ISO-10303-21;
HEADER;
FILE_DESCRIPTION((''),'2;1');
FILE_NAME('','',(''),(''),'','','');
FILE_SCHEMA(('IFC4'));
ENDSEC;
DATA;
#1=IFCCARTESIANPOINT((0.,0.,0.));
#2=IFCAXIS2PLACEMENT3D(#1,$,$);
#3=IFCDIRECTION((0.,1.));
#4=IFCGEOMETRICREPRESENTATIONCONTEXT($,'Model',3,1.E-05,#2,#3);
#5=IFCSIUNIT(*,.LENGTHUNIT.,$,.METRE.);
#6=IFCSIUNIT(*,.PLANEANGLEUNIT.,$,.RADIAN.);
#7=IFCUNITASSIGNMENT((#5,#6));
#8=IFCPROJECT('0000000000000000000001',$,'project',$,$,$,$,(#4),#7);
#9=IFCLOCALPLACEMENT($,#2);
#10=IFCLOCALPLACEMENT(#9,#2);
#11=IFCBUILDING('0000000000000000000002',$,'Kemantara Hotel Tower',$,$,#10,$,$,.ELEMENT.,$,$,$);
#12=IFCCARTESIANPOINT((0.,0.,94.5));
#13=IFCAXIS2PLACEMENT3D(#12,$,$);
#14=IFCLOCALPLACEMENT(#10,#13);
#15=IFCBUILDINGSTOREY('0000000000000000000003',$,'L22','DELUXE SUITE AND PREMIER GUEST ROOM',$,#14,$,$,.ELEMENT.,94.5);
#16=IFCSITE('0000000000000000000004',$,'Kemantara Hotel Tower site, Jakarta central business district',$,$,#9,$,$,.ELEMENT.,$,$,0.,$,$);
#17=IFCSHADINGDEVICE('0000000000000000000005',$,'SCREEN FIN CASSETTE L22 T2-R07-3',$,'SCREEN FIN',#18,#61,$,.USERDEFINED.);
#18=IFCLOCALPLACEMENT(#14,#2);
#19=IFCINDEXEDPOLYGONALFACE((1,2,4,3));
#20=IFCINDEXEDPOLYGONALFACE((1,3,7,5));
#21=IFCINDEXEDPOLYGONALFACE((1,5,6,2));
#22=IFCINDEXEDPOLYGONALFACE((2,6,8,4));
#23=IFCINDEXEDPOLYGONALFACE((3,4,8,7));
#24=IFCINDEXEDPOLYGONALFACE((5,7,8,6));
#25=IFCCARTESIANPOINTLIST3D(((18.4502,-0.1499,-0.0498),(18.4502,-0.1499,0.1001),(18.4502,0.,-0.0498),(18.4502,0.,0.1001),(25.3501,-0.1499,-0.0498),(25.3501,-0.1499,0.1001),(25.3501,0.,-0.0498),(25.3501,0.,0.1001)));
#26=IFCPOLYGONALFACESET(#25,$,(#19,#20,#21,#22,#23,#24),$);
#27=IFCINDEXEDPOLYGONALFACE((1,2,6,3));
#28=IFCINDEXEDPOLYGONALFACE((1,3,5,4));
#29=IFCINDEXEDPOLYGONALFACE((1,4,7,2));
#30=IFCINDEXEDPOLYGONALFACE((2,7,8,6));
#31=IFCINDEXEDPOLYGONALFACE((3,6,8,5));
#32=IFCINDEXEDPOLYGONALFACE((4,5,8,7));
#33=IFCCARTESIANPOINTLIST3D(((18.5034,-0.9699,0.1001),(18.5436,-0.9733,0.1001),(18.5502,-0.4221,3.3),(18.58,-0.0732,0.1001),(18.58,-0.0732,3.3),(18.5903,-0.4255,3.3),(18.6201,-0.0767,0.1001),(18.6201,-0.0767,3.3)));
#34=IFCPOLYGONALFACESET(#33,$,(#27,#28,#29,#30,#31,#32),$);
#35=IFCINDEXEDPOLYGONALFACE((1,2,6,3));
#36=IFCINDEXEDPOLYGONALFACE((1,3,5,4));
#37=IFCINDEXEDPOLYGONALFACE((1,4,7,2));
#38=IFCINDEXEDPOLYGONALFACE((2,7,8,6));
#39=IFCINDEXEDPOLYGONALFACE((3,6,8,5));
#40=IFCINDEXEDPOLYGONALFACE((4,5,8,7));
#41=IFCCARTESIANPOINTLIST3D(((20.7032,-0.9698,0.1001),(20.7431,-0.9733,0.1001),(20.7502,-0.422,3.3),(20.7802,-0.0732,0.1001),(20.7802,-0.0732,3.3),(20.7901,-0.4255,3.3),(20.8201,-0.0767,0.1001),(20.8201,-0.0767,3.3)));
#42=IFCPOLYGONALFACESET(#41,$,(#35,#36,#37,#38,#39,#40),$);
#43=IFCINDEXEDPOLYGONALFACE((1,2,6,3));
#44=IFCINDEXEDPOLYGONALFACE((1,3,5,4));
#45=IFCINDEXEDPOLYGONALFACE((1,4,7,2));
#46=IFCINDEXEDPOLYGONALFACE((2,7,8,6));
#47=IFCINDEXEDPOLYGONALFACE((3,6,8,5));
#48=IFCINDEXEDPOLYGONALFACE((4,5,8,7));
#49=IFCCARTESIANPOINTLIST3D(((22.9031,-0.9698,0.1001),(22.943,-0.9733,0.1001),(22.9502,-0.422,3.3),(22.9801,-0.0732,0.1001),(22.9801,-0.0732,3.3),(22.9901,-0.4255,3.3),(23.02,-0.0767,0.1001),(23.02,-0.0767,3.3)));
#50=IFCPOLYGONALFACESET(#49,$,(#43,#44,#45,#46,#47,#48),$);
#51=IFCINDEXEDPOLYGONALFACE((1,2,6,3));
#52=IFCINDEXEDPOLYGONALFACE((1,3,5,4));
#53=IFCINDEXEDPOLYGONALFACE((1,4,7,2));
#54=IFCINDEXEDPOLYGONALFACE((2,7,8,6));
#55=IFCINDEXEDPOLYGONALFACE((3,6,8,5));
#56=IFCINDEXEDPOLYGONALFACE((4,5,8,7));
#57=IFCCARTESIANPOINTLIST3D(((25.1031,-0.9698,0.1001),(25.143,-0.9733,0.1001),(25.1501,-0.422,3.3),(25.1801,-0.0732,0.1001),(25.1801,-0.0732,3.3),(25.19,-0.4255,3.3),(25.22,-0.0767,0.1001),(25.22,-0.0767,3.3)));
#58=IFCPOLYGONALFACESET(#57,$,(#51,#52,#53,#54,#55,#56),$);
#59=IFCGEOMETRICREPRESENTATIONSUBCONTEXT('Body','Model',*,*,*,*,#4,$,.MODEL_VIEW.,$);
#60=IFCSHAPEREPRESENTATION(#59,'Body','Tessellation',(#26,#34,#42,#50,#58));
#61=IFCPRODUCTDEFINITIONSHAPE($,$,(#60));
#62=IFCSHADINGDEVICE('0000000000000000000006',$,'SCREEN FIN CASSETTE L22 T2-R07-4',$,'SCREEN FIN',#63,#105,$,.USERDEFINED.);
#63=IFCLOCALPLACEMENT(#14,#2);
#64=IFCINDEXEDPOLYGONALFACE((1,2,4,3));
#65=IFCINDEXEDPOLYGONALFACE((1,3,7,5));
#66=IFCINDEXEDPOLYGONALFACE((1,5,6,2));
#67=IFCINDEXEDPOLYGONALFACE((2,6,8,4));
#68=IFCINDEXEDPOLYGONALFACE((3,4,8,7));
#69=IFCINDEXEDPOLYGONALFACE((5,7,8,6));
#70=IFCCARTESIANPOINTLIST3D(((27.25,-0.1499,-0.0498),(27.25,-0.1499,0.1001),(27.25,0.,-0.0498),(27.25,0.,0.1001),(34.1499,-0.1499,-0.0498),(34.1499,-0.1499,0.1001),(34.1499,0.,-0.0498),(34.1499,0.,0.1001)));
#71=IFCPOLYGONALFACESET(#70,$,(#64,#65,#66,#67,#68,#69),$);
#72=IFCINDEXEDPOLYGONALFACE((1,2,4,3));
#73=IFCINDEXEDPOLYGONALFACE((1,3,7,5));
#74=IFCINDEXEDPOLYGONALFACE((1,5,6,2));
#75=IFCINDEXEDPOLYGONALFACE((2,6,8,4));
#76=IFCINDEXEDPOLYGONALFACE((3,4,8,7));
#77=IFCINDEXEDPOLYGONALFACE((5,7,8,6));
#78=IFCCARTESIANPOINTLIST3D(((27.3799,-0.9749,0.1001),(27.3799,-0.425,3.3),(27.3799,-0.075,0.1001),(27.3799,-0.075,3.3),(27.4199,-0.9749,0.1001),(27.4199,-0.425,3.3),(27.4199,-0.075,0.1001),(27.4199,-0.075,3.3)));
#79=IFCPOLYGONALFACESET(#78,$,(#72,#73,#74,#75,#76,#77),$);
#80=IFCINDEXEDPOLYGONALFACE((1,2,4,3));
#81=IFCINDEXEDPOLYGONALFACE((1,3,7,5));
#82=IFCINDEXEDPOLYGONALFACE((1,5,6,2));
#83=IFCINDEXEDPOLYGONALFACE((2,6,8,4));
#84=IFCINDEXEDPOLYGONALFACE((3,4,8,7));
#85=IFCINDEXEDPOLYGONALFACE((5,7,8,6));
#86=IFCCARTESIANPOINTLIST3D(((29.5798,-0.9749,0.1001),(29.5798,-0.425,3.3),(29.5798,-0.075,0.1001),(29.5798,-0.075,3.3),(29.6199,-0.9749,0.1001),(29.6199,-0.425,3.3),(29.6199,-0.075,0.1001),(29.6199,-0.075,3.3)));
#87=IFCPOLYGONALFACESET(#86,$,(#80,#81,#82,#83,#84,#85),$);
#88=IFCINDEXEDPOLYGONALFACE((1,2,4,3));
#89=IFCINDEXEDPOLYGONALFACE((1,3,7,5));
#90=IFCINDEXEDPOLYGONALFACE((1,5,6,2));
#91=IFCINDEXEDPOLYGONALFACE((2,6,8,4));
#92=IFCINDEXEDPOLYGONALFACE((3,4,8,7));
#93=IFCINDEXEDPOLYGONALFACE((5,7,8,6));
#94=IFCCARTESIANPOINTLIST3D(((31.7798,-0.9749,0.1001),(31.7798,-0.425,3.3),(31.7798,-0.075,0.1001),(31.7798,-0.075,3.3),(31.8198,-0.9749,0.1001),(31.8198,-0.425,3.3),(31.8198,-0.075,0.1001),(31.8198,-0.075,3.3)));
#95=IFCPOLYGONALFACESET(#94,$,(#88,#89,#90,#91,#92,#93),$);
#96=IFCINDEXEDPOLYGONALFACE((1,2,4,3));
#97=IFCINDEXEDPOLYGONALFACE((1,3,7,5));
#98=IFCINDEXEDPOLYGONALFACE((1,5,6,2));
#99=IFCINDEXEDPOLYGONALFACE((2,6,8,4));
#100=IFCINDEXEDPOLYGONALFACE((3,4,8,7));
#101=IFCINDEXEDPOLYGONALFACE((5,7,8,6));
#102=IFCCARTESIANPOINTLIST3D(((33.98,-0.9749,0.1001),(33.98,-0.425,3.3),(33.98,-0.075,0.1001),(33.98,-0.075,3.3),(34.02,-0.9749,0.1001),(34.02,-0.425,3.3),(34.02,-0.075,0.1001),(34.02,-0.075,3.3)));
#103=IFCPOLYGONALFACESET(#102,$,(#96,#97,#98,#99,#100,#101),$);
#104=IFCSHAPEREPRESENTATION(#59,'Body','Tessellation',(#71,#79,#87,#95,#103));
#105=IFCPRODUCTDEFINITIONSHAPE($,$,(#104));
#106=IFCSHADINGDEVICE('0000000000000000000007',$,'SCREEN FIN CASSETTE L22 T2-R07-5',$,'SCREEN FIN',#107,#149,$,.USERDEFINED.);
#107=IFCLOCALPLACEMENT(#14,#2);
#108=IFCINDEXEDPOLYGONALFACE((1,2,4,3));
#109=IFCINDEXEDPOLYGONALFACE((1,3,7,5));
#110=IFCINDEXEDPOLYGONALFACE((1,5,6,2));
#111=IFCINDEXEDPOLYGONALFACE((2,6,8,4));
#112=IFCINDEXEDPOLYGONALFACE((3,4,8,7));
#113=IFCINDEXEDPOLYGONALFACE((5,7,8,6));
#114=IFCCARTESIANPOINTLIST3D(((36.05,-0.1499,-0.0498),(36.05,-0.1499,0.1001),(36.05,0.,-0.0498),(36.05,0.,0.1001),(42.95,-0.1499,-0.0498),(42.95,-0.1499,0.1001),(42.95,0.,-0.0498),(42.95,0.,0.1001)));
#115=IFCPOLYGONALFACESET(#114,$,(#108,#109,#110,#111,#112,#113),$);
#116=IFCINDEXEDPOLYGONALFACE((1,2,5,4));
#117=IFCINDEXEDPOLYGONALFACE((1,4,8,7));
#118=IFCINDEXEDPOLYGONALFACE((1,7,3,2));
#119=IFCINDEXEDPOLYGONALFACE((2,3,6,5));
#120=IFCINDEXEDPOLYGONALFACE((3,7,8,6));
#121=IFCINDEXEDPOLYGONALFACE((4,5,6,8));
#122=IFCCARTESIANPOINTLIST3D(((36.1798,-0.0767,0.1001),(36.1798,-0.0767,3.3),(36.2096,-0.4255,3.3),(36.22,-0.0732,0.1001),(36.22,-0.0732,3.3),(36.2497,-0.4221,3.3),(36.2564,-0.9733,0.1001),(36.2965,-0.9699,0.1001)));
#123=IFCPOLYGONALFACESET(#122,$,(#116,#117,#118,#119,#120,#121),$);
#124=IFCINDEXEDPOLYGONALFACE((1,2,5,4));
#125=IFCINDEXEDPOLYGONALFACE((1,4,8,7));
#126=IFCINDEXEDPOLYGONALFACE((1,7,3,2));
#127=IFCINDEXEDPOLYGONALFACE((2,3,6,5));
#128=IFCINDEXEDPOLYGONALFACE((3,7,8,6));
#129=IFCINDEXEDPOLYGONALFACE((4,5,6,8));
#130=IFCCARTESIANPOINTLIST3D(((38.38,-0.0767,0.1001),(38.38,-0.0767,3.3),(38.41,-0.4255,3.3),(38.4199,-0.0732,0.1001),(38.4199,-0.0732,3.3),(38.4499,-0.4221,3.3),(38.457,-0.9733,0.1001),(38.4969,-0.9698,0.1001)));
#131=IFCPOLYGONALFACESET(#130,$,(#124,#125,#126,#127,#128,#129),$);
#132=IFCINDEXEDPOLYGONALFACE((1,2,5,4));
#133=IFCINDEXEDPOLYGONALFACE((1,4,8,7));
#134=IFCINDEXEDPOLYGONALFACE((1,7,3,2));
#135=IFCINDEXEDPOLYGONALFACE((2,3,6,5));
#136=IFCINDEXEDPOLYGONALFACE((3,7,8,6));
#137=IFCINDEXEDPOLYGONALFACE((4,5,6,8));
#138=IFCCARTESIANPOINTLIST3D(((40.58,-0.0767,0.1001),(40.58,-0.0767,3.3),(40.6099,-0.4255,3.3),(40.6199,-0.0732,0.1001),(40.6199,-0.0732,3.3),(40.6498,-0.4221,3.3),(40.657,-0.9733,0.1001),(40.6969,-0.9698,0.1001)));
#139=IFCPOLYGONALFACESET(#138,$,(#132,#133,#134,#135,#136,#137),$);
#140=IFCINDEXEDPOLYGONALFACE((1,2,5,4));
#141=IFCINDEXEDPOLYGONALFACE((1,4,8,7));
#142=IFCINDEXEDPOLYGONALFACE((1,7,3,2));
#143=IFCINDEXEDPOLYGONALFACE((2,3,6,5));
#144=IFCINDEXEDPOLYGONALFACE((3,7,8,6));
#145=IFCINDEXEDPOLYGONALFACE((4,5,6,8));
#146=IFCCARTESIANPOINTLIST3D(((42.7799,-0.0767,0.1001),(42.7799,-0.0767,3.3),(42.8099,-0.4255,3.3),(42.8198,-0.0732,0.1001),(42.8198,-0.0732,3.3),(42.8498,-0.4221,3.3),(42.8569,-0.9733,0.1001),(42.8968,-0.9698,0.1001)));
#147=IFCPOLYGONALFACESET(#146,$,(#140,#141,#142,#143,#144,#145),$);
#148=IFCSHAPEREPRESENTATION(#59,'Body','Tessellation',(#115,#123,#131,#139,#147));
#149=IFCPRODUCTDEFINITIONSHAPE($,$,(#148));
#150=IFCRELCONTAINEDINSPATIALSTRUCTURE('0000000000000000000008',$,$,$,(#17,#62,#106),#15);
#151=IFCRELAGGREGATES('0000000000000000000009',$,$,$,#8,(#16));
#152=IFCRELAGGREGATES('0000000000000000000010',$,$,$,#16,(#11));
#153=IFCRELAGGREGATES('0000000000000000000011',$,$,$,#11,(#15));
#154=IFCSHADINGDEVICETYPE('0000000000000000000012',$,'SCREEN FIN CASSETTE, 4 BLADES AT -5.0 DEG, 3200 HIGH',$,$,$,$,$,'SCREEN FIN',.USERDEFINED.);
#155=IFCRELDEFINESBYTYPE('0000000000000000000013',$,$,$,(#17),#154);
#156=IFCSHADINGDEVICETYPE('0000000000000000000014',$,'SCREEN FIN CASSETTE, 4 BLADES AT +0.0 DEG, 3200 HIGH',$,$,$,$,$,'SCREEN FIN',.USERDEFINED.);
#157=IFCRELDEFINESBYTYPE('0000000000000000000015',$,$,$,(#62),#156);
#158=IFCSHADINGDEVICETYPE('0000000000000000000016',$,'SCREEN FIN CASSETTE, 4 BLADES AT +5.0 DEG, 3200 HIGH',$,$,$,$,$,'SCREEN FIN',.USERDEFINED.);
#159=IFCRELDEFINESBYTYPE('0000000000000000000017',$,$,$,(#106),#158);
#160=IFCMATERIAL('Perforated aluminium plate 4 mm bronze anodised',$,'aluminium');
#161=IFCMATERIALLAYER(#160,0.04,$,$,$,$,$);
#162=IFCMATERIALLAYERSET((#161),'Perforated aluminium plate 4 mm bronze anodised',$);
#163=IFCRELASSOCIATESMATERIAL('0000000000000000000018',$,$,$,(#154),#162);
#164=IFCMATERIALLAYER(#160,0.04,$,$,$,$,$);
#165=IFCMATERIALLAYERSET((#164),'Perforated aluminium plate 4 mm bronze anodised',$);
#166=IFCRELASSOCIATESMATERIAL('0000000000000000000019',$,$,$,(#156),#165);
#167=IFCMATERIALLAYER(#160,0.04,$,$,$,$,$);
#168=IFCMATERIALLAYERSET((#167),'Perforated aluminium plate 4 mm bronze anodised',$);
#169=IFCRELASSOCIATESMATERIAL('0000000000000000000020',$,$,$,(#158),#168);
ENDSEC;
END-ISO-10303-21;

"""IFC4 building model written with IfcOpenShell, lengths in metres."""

from ifc_helpers import new_model, si_unit, direction, frame, origin, origin_2d, place, context, subcontext, project, spatial, polyline, rectangle, outline, extrude, source, transform, mapped, material, layer, layer_set, type_object, element, save


model = new_model("IFC4")

# Units and contexts
model_context = context("Model", 3, precision=1e-05, world=origin(), true_north=direction((0.0, 1.0)))
body_context = subcontext(model_context, "Body", "Model", "MODEL_VIEW")
ifc_project = project(units=[si_unit("LENGTHUNIT", "METRE"), si_unit("PLANEANGLEUNIT", "RADIAN")], contexts=[model_context])

# Site, building, storey
site_placement = place(None, origin())
site = spatial("IfcSite", under=ifc_project, at=site_placement, Name="Kemantara Hotel Tower site, Jakarta central business district", CompositionType="ELEMENT", RefElevation=0.0)
building_placement = place(site_placement, origin())
building = spatial("IfcBuilding", under=site, at=building_placement, Name="Kemantara Hotel Tower", CompositionType="ELEMENT")
storey_placement = place(building_placement, frame((0.0, 0.0, 94.5)))
storey = spatial("IfcBuildingStorey", under=building, at=storey_placement, Name="L22", Description="DELUXE SUITE AND PREMIER GUEST ROOM", CompositionType="ELEMENT", Elevation=94.5)

# Shading devices
ifc_material_1 = material(Name="Perforated aluminium plate 4 mm bronze anodised", Category="aluminium")
ifc_layer_1 = layer(ifc_material_1, 0.04)
ifc_layer_set_1 = layer_set([ifc_layer_1], Name="Perforated aluminium plate 4 mm bronze anodised")
shading_device_type_1 = type_object("IfcShadingDeviceType", Name="SCREEN FIN CASSETTE, 4 BLADES AT -5.0 DEG, 3200 HIGH", ElementType="SCREEN FIN", PredefinedType="USERDEFINED", material=ifc_layer_set_1)
shared_shape_1 = source(origin(), body_context, "Body", "SweptSolid", [
    extrude(rectangle(XDim=6.8999, YDim=0.1499, at=origin_2d()), frame((3.3, -0.075, -0.1499), z_axis=(0.0, 0.0, 1.0), x_axis=(1.0, 0.0, 0.0)), (0.0, 0.0, 1.0), 0.1499),
    extrude(outline(polyline([(0.0, 0.0), (0.8999, 0.0), (0.3501, 3.2), (0.0, 3.2), (0.0, 0.0)])), frame((0.02, -0.0767, 0.0), z_axis=(-0.996376, 0.085056, 0.0), x_axis=(-0.085056, -0.996376, 0.0)), (0.0, 0.0, 1.0), 0.0403),
    extrude(outline(polyline([(0.0, 0.0), (0.8999, 0.0), (0.3501, 3.2), (0.0, 3.2), (0.0, 0.0)])), frame((2.22, -0.0767, 0.0), z_axis=(-0.996332, 0.085575, 0.0), x_axis=(-0.085575, -0.996332, 0.0)), (0.0, 0.0, 1.0), 0.04),
    extrude(outline(polyline([(0.0, 0.0), (0.8999, 0.0), (0.3501, 3.2), (0.0, 3.2), (0.0, 0.0)])), frame((4.4199, -0.0767, 0.0), z_axis=(-0.996332, 0.085575, 0.0), x_axis=(-0.085575, -0.996332, 0.0)), (0.0, 0.0, 1.0), 0.04),
    extrude(outline(polyline([(0.0, 0.0), (0.8999, 0.0), (0.3501, 3.2), (0.0, 3.2), (0.0, 0.0)])), frame((6.6199, -0.0767, 0.0), z_axis=(-0.996332, 0.085575, 0.0), x_axis=(-0.085575, -0.996332, 0.0)), (0.0, 0.0, 1.0), 0.04),
])
shading_device_1_placement = place(storey_placement, frame((18.6001, 0.0, 0.1001), z_axis=(0.0, 0.0, 1.0), x_axis=(1.0, 0.0, 0.0)))
element("IfcShadingDevice", 1, at=shading_device_1_placement, inside=storey, type_object=shading_device_type_1, Name="SCREEN FIN CASSETTE L22 T2-R07-3", ObjectType="SCREEN FIN", PredefinedType="USERDEFINED", context=body_context, shape_type="MappedRepresentation", body=[
    mapped(shared_shape_1, transform((0.0, 0.0, 0.0))),
])
ifc_layer_2 = layer(ifc_material_1, 0.04)
ifc_layer_set_2 = layer_set([ifc_layer_2], Name="Perforated aluminium plate 4 mm bronze anodised")
shading_device_type_2 = type_object("IfcShadingDeviceType", Name="SCREEN FIN CASSETTE, 4 BLADES AT +0.0 DEG, 3200 HIGH", ElementType="SCREEN FIN", PredefinedType="USERDEFINED", material=ifc_layer_set_2)
shared_shape_2 = source(origin(), body_context, "Body", "SweptSolid", [
    extrude(rectangle(XDim=6.8999, YDim=0.1499, at=origin_2d()), frame((3.3, -0.075, -0.1499), z_axis=(0.0, 0.0, 1.0), x_axis=(1.0, 0.0, 0.0)), (0.0, 0.0, 1.0), 0.1499),
    extrude(outline(polyline([(0.0, 0.0), (0.8999, 0.0), (0.3501, 3.2), (0.0, 3.2), (0.0, 0.0)])), frame((0.02, -0.075, 0.0), z_axis=(-1.0, 0.0, 0.0), x_axis=(0.0, -1.0, 0.0)), (0.0, 0.0, 1.0), 0.04),
    extrude(outline(polyline([(0.0, 0.0), (0.8999, 0.0), (0.3501, 3.2), (0.0, 3.2), (0.0, 0.0)])), frame((2.22, -0.075, 0.0), z_axis=(-1.0, 0.0, 0.0), x_axis=(0.0, -1.0, 0.0)), (0.0, 0.0, 1.0), 0.04),
    extrude(outline(polyline([(0.0, 0.0), (0.8999, 0.0), (0.3501, 3.2), (0.0, 3.2), (0.0, 0.0)])), frame((4.4199, -0.075, 0.0), z_axis=(-1.0, 0.0, 0.0), x_axis=(0.0, -1.0, 0.0)), (0.0, 0.0, 1.0), 0.04),
    extrude(outline(polyline([(0.0, 0.0), (0.8999, 0.0), (0.3501, 3.2), (0.0, 3.2), (0.0, 0.0)])), frame((6.6201, -0.075, 0.0), z_axis=(-1.0, 0.0, 0.0), x_axis=(0.0, -1.0, 0.0)), (0.0, 0.0, 1.0), 0.04),
])
shading_device_2_placement = place(storey_placement, frame((27.3999, 0.0, 0.1001), z_axis=(0.0, 0.0, 1.0), x_axis=(1.0, 0.0, 0.0)))
element("IfcShadingDevice", 2, at=shading_device_2_placement, inside=storey, type_object=shading_device_type_2, Name="SCREEN FIN CASSETTE L22 T2-R07-4", ObjectType="SCREEN FIN", PredefinedType="USERDEFINED", context=body_context, shape_type="MappedRepresentation", body=[
    mapped(shared_shape_2, transform((0.0, 0.0, 0.0))),
])
ifc_layer_3 = layer(ifc_material_1, 0.04)
ifc_layer_set_3 = layer_set([ifc_layer_3], Name="Perforated aluminium plate 4 mm bronze anodised")
shading_device_type_3 = type_object("IfcShadingDeviceType", Name="SCREEN FIN CASSETTE, 4 BLADES AT +5.0 DEG, 3200 HIGH", ElementType="SCREEN FIN", PredefinedType="USERDEFINED", material=ifc_layer_set_3)
shared_shape_3 = source(origin(), body_context, "Body", "SweptSolid", [
    extrude(rectangle(XDim=6.8999, YDim=0.1499, at=origin_2d()), frame((3.3, -0.075, -0.1499), z_axis=(0.0, 0.0, 1.0), x_axis=(1.0, 0.0, 0.0)), (0.0, 0.0, 1.0), 0.1499),
    extrude(outline(polyline([(0.0, 0.0), (0.8999, 0.0), (0.3501, 3.2), (0.0, 3.2), (0.0, 0.0)])), frame((0.02, -0.0732, 0.0), z_axis=(-0.996376, -0.085056, 0.0), x_axis=(0.085056, -0.996376, 0.0)), (0.0, 0.0, 1.0), 0.0403),
    extrude(outline(polyline([(0.0, 0.0), (0.8999, 0.0), (0.3501, 3.2), (0.0, 3.2), (0.0, 0.0)])), frame((2.22, -0.0732, 0.0), z_axis=(-0.996332, -0.085575, 0.0), x_axis=(0.085575, -0.996332, 0.0)), (0.0, 0.0, 1.0), 0.04),
    extrude(outline(polyline([(0.0, 0.0), (0.8999, 0.0), (0.3501, 3.2), (0.0, 3.2), (0.0, 0.0)])), frame((4.4199, -0.0732, 0.0), z_axis=(-0.996332, -0.085575, 0.0), x_axis=(0.085575, -0.996332, 0.0)), (0.0, 0.0, 1.0), 0.04),
    extrude(outline(polyline([(0.0, 0.0), (0.8999, 0.0), (0.3501, 3.2), (0.0, 3.2), (0.0, 0.0)])), frame((6.6199, -0.0732, 0.0), z_axis=(-0.996332, -0.085575, 0.0), x_axis=(0.085575, -0.996332, 0.0)), (0.0, 0.0, 1.0), 0.04),
])
shading_device_3_placement = place(storey_placement, frame((36.2, 0.0, 0.1001), z_axis=(0.0, 0.0, 1.0), x_axis=(1.0, 0.0, 0.0)))
element("IfcShadingDevice", 3, at=shading_device_3_placement, inside=storey, type_object=shading_device_type_3, Name="SCREEN FIN CASSETTE L22 T2-R07-5", ObjectType="SCREEN FIN", PredefinedType="USERDEFINED", context=body_context, shape_type="MappedRepresentation", body=[
    mapped(shared_shape_3, transform((0.0, 0.0, 0.0))),
])

save(model, "model.ifc")
